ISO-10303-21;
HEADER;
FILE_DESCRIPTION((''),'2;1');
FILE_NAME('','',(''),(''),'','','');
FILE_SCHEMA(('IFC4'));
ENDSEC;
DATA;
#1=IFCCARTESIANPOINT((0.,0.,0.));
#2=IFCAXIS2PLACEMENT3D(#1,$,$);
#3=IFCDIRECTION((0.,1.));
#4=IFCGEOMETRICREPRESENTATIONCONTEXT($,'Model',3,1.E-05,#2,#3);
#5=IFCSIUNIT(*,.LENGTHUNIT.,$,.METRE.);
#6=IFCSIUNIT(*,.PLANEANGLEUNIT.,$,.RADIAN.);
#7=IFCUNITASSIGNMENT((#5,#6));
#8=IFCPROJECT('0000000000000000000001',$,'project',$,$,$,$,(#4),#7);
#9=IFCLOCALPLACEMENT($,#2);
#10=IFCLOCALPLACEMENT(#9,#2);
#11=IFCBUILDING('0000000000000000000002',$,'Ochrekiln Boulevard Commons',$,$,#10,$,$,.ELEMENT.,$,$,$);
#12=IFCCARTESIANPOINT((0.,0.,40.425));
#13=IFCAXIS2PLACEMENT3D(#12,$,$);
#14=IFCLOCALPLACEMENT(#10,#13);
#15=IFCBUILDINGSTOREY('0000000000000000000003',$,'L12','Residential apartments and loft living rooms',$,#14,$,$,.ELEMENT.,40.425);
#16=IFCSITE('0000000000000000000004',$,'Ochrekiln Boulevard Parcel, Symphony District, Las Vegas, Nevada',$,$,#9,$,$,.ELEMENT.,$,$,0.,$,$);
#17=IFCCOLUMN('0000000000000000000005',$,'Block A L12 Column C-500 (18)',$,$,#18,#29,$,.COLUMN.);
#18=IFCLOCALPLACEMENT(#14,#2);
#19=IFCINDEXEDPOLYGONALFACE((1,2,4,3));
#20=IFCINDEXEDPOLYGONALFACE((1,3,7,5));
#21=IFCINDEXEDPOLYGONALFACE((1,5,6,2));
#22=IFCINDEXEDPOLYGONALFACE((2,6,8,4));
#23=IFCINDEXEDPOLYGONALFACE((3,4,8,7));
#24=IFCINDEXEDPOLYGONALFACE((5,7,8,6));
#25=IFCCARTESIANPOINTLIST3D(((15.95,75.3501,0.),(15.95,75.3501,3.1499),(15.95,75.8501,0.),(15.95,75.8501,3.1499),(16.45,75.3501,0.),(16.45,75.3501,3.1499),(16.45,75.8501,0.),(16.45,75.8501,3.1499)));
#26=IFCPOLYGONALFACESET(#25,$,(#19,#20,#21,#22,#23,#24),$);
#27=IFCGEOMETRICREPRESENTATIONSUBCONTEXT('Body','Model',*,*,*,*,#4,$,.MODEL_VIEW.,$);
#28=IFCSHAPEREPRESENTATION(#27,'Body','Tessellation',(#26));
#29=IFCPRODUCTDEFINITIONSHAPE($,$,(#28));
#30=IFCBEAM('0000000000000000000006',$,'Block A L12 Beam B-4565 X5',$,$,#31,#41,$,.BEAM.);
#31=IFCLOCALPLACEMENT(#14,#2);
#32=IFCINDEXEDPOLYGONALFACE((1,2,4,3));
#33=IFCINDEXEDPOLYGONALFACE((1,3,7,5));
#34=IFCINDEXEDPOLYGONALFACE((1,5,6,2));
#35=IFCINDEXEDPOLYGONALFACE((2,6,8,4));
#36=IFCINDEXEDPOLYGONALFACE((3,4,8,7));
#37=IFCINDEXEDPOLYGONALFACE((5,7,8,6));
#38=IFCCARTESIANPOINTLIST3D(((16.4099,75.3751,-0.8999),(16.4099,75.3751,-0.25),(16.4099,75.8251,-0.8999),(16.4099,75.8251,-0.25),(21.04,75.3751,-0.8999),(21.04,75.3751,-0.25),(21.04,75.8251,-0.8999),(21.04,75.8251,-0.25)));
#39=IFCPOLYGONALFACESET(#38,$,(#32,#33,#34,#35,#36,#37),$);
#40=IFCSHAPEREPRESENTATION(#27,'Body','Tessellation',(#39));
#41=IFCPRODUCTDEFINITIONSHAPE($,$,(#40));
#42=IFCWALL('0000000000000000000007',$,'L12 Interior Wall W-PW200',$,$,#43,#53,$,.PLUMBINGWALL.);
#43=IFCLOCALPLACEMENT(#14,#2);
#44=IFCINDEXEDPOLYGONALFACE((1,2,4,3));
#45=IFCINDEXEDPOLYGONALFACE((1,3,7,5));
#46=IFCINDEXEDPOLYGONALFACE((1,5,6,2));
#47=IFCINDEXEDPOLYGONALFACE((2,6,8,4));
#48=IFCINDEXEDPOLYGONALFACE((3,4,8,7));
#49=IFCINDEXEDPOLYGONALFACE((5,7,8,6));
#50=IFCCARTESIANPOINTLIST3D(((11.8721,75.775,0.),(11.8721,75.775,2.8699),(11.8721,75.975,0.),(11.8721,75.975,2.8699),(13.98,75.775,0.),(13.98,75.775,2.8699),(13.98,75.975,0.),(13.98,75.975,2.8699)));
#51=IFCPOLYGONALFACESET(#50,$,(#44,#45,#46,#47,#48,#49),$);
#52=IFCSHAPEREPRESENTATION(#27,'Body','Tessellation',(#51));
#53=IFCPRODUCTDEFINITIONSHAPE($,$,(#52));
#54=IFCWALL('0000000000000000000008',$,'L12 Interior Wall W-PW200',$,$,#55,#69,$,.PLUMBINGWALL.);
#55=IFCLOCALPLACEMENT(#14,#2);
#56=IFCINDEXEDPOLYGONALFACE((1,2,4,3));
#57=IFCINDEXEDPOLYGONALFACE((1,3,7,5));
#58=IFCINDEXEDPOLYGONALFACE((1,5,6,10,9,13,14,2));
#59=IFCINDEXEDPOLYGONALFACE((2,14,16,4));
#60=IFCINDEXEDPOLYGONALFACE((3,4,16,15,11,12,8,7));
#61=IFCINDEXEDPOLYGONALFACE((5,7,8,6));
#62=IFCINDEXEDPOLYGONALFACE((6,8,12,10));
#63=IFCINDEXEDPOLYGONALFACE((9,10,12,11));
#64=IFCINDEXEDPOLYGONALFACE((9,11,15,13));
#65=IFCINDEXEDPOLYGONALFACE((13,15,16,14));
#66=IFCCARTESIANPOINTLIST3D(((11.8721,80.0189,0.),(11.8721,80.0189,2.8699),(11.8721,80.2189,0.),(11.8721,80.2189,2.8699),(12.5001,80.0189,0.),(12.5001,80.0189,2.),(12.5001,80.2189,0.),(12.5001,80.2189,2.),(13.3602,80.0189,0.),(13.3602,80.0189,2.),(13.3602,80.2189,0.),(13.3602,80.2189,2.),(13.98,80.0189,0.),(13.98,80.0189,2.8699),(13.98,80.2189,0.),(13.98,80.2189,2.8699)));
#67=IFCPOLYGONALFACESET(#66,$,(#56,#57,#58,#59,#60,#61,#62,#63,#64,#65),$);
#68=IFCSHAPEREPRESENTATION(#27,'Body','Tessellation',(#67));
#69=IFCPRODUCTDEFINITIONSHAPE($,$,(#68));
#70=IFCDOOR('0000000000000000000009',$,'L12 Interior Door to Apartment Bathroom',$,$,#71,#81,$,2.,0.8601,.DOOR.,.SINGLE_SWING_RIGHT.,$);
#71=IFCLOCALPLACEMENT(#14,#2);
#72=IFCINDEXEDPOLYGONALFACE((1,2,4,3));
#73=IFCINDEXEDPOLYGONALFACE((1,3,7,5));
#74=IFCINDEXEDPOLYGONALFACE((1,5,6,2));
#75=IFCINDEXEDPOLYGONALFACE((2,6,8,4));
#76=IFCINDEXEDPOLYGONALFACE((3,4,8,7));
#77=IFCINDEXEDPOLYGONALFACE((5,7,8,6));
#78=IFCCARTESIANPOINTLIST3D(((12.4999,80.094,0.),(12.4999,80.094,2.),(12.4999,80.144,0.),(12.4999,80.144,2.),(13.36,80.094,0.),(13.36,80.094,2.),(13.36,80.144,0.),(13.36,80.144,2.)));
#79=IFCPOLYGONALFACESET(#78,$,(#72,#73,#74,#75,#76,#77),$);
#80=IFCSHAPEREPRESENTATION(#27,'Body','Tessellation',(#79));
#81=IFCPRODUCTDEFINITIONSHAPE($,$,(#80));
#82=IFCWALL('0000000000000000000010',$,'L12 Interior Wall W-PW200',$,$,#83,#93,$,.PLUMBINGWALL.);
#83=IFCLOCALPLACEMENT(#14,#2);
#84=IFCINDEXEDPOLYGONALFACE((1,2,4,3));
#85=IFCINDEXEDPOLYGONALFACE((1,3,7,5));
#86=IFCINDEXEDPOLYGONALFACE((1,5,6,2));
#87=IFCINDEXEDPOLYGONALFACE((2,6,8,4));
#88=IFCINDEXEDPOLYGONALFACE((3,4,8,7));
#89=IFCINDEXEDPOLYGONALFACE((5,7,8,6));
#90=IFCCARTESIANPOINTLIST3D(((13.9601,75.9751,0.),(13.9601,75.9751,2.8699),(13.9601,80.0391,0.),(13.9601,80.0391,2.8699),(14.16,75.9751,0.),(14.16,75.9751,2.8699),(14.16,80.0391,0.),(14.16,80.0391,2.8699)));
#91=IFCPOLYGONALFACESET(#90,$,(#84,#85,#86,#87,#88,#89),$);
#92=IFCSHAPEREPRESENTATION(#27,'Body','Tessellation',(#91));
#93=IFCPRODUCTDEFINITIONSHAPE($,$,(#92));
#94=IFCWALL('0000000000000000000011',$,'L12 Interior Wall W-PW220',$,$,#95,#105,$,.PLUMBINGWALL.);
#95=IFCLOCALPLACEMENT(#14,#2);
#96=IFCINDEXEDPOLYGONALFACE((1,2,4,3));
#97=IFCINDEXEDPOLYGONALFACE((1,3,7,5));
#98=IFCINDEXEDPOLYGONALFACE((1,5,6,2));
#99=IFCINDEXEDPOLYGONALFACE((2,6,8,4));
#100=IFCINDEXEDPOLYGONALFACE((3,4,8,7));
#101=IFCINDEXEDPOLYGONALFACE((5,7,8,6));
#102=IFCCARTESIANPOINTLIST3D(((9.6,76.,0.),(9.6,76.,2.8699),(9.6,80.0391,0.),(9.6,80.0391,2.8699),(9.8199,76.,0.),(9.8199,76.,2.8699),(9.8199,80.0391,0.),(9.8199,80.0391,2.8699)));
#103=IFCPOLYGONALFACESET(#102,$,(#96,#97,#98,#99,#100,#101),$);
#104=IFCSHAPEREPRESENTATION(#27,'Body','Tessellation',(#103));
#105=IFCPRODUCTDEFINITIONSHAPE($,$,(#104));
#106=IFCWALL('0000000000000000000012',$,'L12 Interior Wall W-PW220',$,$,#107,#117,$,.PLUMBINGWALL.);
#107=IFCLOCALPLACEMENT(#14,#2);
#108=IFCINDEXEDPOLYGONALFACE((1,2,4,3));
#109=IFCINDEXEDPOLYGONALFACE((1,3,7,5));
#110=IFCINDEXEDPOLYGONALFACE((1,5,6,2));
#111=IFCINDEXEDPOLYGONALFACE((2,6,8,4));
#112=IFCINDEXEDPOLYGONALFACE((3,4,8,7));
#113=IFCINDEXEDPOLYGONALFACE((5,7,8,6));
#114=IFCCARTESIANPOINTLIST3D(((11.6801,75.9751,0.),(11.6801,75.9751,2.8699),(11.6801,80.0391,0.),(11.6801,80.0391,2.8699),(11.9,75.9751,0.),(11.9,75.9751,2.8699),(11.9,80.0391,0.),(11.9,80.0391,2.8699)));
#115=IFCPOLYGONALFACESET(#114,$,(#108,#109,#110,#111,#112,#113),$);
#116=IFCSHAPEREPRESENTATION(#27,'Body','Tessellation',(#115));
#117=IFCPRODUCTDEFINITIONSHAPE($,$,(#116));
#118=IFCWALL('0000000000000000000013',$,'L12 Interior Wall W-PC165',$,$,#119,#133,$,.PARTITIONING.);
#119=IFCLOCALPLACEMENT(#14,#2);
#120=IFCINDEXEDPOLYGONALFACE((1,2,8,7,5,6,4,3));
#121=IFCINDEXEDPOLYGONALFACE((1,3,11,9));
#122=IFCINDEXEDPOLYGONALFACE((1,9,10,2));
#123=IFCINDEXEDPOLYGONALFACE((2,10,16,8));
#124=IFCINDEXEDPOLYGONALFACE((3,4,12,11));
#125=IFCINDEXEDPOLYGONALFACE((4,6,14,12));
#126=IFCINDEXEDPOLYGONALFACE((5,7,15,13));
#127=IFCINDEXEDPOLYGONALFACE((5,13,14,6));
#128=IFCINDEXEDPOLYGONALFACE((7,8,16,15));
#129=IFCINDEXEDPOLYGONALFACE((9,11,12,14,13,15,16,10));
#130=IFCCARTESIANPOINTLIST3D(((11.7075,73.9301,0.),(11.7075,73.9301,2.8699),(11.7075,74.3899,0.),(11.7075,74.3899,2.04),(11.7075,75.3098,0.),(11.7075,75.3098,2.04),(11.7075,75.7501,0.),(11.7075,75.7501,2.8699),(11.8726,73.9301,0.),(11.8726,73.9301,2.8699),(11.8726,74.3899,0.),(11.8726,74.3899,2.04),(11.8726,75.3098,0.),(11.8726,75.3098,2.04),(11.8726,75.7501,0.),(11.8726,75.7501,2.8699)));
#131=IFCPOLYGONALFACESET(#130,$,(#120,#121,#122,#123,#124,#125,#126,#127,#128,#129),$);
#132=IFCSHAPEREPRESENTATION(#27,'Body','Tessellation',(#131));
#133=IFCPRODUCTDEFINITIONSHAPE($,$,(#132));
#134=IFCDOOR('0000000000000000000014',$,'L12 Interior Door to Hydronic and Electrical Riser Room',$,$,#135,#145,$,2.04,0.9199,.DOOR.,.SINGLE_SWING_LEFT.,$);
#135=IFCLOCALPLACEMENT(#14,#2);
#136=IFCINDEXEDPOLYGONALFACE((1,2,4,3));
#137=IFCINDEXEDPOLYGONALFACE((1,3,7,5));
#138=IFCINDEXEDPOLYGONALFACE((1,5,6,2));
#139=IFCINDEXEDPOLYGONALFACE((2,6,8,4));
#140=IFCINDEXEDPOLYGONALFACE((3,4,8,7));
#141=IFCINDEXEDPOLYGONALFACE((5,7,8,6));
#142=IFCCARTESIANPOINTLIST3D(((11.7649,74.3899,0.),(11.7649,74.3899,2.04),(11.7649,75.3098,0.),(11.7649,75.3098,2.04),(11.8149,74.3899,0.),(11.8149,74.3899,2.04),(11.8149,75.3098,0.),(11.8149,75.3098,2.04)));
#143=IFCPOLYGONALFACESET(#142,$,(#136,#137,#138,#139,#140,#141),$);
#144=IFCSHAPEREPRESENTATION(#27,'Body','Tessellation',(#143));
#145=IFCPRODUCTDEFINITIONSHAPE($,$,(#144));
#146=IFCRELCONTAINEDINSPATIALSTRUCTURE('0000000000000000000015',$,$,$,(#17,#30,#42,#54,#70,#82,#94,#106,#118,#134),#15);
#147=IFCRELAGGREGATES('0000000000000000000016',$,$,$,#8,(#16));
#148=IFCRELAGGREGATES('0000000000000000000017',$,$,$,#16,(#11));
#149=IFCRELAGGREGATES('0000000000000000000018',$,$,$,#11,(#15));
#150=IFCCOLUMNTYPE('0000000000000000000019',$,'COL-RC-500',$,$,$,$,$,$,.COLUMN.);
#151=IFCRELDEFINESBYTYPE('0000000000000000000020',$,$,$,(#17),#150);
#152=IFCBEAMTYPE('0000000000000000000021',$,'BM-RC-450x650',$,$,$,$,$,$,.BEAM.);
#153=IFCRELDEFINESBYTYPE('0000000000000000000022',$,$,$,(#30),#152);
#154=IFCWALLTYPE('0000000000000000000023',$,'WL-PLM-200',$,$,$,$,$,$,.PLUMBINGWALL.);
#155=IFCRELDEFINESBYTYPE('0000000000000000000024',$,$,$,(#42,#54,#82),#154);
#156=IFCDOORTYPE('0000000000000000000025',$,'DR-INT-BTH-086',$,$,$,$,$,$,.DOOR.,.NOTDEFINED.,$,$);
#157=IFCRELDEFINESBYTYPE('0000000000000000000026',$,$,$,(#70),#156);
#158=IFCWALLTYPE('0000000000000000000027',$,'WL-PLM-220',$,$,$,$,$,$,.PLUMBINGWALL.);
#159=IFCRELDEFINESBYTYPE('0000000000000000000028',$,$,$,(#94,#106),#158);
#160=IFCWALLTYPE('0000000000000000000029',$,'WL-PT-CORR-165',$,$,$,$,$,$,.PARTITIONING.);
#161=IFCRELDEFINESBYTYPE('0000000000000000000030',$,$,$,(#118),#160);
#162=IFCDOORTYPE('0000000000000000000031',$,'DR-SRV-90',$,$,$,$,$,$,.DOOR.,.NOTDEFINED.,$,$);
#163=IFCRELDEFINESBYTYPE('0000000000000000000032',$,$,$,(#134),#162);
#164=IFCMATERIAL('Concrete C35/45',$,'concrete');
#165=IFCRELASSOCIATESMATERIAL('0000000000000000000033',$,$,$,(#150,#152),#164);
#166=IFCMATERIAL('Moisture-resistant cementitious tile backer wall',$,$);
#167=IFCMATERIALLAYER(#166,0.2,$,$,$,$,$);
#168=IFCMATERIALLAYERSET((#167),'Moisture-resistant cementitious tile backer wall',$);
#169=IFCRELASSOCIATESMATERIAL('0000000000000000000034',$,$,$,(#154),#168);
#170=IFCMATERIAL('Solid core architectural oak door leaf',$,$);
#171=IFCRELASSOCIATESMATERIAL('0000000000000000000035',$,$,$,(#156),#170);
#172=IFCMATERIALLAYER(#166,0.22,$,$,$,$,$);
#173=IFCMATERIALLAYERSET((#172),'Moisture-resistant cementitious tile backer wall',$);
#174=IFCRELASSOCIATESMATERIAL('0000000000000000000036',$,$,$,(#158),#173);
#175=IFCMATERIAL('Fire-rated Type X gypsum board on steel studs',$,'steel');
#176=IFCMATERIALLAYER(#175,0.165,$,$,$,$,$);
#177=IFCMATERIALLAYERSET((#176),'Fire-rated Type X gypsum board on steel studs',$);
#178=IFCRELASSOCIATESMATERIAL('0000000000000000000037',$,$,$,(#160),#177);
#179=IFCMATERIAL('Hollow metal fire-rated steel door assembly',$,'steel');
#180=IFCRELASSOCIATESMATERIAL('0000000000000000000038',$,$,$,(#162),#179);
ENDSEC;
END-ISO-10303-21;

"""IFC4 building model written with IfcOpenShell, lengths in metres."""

from ifc_helpers import new_model, si_unit, direction, frame, frame_2d, origin, origin_2d, place, context, subcontext, project, spatial, rectangle, extrude, material, layer, layer_set, material_profile, profile_set, type_object, element, fill, save


model = new_model("IFC4")

# Units and contexts
model_context = context("Model", 3, precision=1e-05, world=origin(), true_north=direction((0.0, 1.0)))
body_context = subcontext(model_context, "Body", "Model", "MODEL_VIEW")
ifc_project = project(units=[si_unit("LENGTHUNIT", "METRE"), si_unit("PLANEANGLEUNIT", "RADIAN")], contexts=[model_context])

# Site, building, storey
site_placement = place(None, origin())
site = spatial("IfcSite", under=ifc_project, at=site_placement, Name="Ochrekiln Boulevard Parcel, Symphony District, Las Vegas, Nevada", CompositionType="ELEMENT", RefElevation=0.0)
building_placement = place(site_placement, origin())
building = spatial("IfcBuilding", under=site, at=building_placement, Name="Ochrekiln Boulevard Commons", CompositionType="ELEMENT")
storey_placement = place(building_placement, frame((0.0, 0.0, 40.425)))
storey = spatial("IfcBuildingStorey", under=building, at=storey_placement, Name="L12", Description="Residential apartments and loft living rooms", CompositionType="ELEMENT", Elevation=40.425)

# Column
ifc_material_1 = material(Name="Concrete C35/45", Category="concrete")
ifc_material_profile_1 = material_profile(ifc_material_1, rectangle(XDim=0.5, YDim=0.5, at=origin_2d()), Name="RC-COL-500x500")
ifc_profile_set_1 = profile_set([ifc_material_profile_1], Name="Concrete C35/45")
column_type = type_object("IfcColumnType", Name="COL-RC-500", PredefinedType="COLUMN", material=ifc_profile_set_1)
column_placement = place(storey_placement, frame((16.2, 75.6001, 0.0), z_axis=(0.0, 0.0, 1.0), x_axis=(1.0, 0.0, 0.0)))
element("IfcColumn", 1, at=column_placement, inside=storey, type_object=column_type, Name="Block A L12 Column C-500 (18)", PredefinedType="COLUMN", context=body_context, shape_type="SweptSolid", body=[
    extrude(rectangle(XDim=0.5, YDim=0.5, at=origin_2d()), origin(), (0.0, 0.0, 1.0), 3.1499),
])

# Beam
ifc_material_profile_2 = material_profile(ifc_material_1, rectangle(XDim=0.45, YDim=0.6499, at=origin_2d()), Name="RC-BM-450x650")
ifc_profile_set_2 = profile_set([ifc_material_profile_2], Name="Concrete C35/45")
beam_type = type_object("IfcBeamType", Name="BM-RC-450x650", PredefinedType="BEAM", material=ifc_profile_set_2)
beam_placement = place(storey_placement, frame((16.4099, 75.6001, -0.575), z_axis=(1.0, 0.0, 0.0), x_axis=(0.0, 1.0, 0.0)))
element("IfcBeam", 2, at=beam_placement, inside=storey, type_object=beam_type, Name="Block A L12 Beam B-4565 X5", PredefinedType="BEAM", context=body_context, shape_type="SweptSolid", body=[
    extrude(rectangle(XDim=0.45, YDim=0.6499, at=origin_2d()), origin(), (0.0, 0.0, 1.0), 4.6301),
])

# Wall
ifc_material_2 = material(Name="Moisture-resistant cementitious tile backer wall")
ifc_layer_1 = layer(ifc_material_2, 0.2)
ifc_layer_set_1 = layer_set([ifc_layer_1], Name="Moisture-resistant cementitious tile backer wall")
wall_type_1 = type_object("IfcWallType", Name="WL-PLM-200", PredefinedType="PLUMBINGWALL", material=ifc_layer_set_1)
wall_1_placement = place(storey_placement, frame((11.8721, 75.875, 0.0), z_axis=(0.0, 0.0, 1.0), x_axis=(1.0, 0.0, 0.0)))
element("IfcWall", 3, at=wall_1_placement, inside=storey, type_object=wall_type_1, Name="L12 Interior Wall W-PW200", PredefinedType="PLUMBINGWALL", context=body_context, shape_type="SweptSolid", body=[
    extrude(rectangle(XDim=2.1079, YDim=0.2, at=frame_2d((1.054, 0.0))), origin(), (0.0, 0.0, 1.0), 2.8699),
])

# Wall, opening, door
wall_2_placement = place(storey_placement, frame((11.8721, 80.1189, 0.0), z_axis=(0.0, 0.0, 1.0), x_axis=(1.0, 0.0, 0.0)))
wall_2 = element("IfcWall", 4, at=wall_2_placement, inside=storey, type_object=wall_type_1, Name="L12 Interior Wall W-PW200", PredefinedType="PLUMBINGWALL", context=body_context, shape_type="SweptSolid", body=[
    extrude(rectangle(XDim=2.1079, YDim=0.2, at=frame_2d((1.054, 0.0))), origin(), (0.0, 0.0, 1.0), 2.8699),
])
opening_1_placement = place(wall_2_placement, frame((0.6279, 0.0, 0.0)))
opening_1 = element("IfcOpeningElement", 5, at=opening_1_placement, cuts=wall_2, PredefinedType="OPENING", context=body_context, shape_type="SweptSolid", body=[
    extrude(rectangle(XDim=0.8601, YDim=2.0, at=frame_2d((0.4302, 1.0))), frame((0.0, 0.1099, 0.0), z_axis=(0.0, -1.0, 0.0), x_axis=(1.0, 0.0, 0.0)), (0.0, 0.0, 1.0), 0.22),
])
ifc_material_3 = material(Name="Solid core architectural oak door leaf")
door_type_1 = type_object("IfcDoorType", Name="DR-INT-BTH-086", OperationType="NOTDEFINED", PredefinedType="DOOR", material=ifc_material_3)
door_1_placement = place(opening_1_placement, frame((0.8601, 0.0, 0.0), z_axis=(0.0, 0.0, 1.0), x_axis=(-1.0, 0.0, 0.0)))
door_1 = element("IfcDoor", 6, at=door_1_placement, inside=storey, type_object=door_type_1, Name="L12 Interior Door to Apartment Bathroom", OperationType="SINGLE_SWING_RIGHT", OverallHeight=2.0, OverallWidth=0.8601, PredefinedType="DOOR", context=body_context, shape_type="SweptSolid", body=[
    extrude(rectangle(XDim=0.8601, YDim=2.0, at=frame_2d((0.4302, 1.0))), frame((0.0, 0.0249, 0.0), z_axis=(0.0, -1.0, 0.0), x_axis=(1.0, 0.0, 0.0)), (0.0, 0.0, 1.0), 0.05),
])
fill(opening_1, door_1)

# Walls
wall_3_placement = place(storey_placement, frame((14.0601, 75.9751, 0.0), z_axis=(0.0, 0.0, 1.0), x_axis=(0.0, 1.0, 0.0)))
element("IfcWall", 7, at=wall_3_placement, inside=storey, type_object=wall_type_1, Name="L12 Interior Wall W-PW200", PredefinedType="PLUMBINGWALL", context=body_context, shape_type="SweptSolid", body=[
    extrude(rectangle(XDim=4.064, YDim=0.2, at=frame_2d((2.032, 0.0))), origin(), (0.0, 0.0, 1.0), 2.8699),
])
ifc_layer_2 = layer(ifc_material_2, 0.22)
ifc_layer_set_2 = layer_set([ifc_layer_2], Name="Moisture-resistant cementitious tile backer wall")
wall_type_2 = type_object("IfcWallType", Name="WL-PLM-220", PredefinedType="PLUMBINGWALL", material=ifc_layer_set_2)
wall_4_placement = place(storey_placement, frame((9.71, 76.0, 0.0), z_axis=(0.0, 0.0, 1.0), x_axis=(0.0, 1.0, 0.0)))
element("IfcWall", 8, at=wall_4_placement, inside=storey, type_object=wall_type_2, Name="L12 Interior Wall W-PW220", PredefinedType="PLUMBINGWALL", context=body_context, shape_type="SweptSolid", body=[
    extrude(rectangle(XDim=4.0391, YDim=0.22, at=frame_2d((2.0195, 0.0))), origin(), (0.0, 0.0, 1.0), 2.8699),
])
wall_5_placement = place(storey_placement, frame((11.79, 75.9751, 0.0), z_axis=(0.0, 0.0, 1.0), x_axis=(0.0, 1.0, 0.0)))
element("IfcWall", 9, at=wall_5_placement, inside=storey, type_object=wall_type_2, Name="L12 Interior Wall W-PW220", PredefinedType="PLUMBINGWALL", context=body_context, shape_type="SweptSolid", body=[
    extrude(rectangle(XDim=4.064, YDim=0.22, at=frame_2d((2.032, 0.0))), origin(), (0.0, 0.0, 1.0), 2.8699),
])

# Wall, opening, door
ifc_material_4 = material(Name="Fire-rated Type X gypsum board on steel studs", Category="steel")
ifc_layer_3 = layer(ifc_material_4, 0.165)
ifc_layer_set_3 = layer_set([ifc_layer_3], Name="Fire-rated Type X gypsum board on steel studs")
wall_type_3 = type_object("IfcWallType", Name="WL-PT-CORR-165", PredefinedType="PARTITIONING", material=ifc_layer_set_3)
wall_6_placement = place(storey_placement, frame((11.79, 73.9299, 0.0), z_axis=(0.0, 0.0, 1.0), x_axis=(0.0, 1.0, 0.0)))
wall_6 = element("IfcWall", 10, at=wall_6_placement, inside=storey, type_object=wall_type_3, Name="L12 Interior Wall W-PC165", PredefinedType="PARTITIONING", context=body_context, shape_type="SweptSolid", body=[
    extrude(rectangle(XDim=1.8201, YDim=0.165, at=frame_2d((0.9102, 0.0))), origin(), (0.0, 0.0, 1.0), 2.8699),
])
opening_2_placement = place(wall_6_placement, frame((0.46, 0.0, 0.0)))
opening_2 = element("IfcOpeningElement", 11, at=opening_2_placement, cuts=wall_6, PredefinedType="OPENING", context=body_context, shape_type="SweptSolid", body=[
    extrude(rectangle(XDim=0.9199, YDim=2.04, at=frame_2d((0.46, 1.02))), frame((0.0, 0.0925, 0.0), z_axis=(0.0, -1.0, 0.0), x_axis=(1.0, 0.0, 0.0)), (0.0, 0.0, 1.0), 0.1851),
])
ifc_material_5 = material(Name="Hollow metal fire-rated steel door assembly", Category="steel")
door_type_2 = type_object("IfcDoorType", Name="DR-SRV-90", OperationType="NOTDEFINED", PredefinedType="DOOR", material=ifc_material_5)
door_2_placement = place(opening_2_placement, frame((0.9199, 0.0, 0.0), z_axis=(0.0, 0.0, 1.0), x_axis=(-1.0, 0.0, 0.0)))
door_2 = element("IfcDoor", 12, at=door_2_placement, inside=storey, type_object=door_type_2, Name="L12 Interior Door to Hydronic and Electrical Riser Room", OperationType="SINGLE_SWING_LEFT", OverallHeight=2.04, OverallWidth=0.9199, PredefinedType="DOOR", context=body_context, shape_type="SweptSolid", body=[
    extrude(rectangle(XDim=0.9199, YDim=2.04, at=frame_2d((0.46, 1.02))), frame((0.0, 0.0249, 0.0), z_axis=(0.0, -1.0, 0.0), x_axis=(1.0, 0.0, 0.0)), (0.0, 0.0, 1.0), 0.05),
])
fill(opening_2, door_2)

save(model, "model.ifc")
